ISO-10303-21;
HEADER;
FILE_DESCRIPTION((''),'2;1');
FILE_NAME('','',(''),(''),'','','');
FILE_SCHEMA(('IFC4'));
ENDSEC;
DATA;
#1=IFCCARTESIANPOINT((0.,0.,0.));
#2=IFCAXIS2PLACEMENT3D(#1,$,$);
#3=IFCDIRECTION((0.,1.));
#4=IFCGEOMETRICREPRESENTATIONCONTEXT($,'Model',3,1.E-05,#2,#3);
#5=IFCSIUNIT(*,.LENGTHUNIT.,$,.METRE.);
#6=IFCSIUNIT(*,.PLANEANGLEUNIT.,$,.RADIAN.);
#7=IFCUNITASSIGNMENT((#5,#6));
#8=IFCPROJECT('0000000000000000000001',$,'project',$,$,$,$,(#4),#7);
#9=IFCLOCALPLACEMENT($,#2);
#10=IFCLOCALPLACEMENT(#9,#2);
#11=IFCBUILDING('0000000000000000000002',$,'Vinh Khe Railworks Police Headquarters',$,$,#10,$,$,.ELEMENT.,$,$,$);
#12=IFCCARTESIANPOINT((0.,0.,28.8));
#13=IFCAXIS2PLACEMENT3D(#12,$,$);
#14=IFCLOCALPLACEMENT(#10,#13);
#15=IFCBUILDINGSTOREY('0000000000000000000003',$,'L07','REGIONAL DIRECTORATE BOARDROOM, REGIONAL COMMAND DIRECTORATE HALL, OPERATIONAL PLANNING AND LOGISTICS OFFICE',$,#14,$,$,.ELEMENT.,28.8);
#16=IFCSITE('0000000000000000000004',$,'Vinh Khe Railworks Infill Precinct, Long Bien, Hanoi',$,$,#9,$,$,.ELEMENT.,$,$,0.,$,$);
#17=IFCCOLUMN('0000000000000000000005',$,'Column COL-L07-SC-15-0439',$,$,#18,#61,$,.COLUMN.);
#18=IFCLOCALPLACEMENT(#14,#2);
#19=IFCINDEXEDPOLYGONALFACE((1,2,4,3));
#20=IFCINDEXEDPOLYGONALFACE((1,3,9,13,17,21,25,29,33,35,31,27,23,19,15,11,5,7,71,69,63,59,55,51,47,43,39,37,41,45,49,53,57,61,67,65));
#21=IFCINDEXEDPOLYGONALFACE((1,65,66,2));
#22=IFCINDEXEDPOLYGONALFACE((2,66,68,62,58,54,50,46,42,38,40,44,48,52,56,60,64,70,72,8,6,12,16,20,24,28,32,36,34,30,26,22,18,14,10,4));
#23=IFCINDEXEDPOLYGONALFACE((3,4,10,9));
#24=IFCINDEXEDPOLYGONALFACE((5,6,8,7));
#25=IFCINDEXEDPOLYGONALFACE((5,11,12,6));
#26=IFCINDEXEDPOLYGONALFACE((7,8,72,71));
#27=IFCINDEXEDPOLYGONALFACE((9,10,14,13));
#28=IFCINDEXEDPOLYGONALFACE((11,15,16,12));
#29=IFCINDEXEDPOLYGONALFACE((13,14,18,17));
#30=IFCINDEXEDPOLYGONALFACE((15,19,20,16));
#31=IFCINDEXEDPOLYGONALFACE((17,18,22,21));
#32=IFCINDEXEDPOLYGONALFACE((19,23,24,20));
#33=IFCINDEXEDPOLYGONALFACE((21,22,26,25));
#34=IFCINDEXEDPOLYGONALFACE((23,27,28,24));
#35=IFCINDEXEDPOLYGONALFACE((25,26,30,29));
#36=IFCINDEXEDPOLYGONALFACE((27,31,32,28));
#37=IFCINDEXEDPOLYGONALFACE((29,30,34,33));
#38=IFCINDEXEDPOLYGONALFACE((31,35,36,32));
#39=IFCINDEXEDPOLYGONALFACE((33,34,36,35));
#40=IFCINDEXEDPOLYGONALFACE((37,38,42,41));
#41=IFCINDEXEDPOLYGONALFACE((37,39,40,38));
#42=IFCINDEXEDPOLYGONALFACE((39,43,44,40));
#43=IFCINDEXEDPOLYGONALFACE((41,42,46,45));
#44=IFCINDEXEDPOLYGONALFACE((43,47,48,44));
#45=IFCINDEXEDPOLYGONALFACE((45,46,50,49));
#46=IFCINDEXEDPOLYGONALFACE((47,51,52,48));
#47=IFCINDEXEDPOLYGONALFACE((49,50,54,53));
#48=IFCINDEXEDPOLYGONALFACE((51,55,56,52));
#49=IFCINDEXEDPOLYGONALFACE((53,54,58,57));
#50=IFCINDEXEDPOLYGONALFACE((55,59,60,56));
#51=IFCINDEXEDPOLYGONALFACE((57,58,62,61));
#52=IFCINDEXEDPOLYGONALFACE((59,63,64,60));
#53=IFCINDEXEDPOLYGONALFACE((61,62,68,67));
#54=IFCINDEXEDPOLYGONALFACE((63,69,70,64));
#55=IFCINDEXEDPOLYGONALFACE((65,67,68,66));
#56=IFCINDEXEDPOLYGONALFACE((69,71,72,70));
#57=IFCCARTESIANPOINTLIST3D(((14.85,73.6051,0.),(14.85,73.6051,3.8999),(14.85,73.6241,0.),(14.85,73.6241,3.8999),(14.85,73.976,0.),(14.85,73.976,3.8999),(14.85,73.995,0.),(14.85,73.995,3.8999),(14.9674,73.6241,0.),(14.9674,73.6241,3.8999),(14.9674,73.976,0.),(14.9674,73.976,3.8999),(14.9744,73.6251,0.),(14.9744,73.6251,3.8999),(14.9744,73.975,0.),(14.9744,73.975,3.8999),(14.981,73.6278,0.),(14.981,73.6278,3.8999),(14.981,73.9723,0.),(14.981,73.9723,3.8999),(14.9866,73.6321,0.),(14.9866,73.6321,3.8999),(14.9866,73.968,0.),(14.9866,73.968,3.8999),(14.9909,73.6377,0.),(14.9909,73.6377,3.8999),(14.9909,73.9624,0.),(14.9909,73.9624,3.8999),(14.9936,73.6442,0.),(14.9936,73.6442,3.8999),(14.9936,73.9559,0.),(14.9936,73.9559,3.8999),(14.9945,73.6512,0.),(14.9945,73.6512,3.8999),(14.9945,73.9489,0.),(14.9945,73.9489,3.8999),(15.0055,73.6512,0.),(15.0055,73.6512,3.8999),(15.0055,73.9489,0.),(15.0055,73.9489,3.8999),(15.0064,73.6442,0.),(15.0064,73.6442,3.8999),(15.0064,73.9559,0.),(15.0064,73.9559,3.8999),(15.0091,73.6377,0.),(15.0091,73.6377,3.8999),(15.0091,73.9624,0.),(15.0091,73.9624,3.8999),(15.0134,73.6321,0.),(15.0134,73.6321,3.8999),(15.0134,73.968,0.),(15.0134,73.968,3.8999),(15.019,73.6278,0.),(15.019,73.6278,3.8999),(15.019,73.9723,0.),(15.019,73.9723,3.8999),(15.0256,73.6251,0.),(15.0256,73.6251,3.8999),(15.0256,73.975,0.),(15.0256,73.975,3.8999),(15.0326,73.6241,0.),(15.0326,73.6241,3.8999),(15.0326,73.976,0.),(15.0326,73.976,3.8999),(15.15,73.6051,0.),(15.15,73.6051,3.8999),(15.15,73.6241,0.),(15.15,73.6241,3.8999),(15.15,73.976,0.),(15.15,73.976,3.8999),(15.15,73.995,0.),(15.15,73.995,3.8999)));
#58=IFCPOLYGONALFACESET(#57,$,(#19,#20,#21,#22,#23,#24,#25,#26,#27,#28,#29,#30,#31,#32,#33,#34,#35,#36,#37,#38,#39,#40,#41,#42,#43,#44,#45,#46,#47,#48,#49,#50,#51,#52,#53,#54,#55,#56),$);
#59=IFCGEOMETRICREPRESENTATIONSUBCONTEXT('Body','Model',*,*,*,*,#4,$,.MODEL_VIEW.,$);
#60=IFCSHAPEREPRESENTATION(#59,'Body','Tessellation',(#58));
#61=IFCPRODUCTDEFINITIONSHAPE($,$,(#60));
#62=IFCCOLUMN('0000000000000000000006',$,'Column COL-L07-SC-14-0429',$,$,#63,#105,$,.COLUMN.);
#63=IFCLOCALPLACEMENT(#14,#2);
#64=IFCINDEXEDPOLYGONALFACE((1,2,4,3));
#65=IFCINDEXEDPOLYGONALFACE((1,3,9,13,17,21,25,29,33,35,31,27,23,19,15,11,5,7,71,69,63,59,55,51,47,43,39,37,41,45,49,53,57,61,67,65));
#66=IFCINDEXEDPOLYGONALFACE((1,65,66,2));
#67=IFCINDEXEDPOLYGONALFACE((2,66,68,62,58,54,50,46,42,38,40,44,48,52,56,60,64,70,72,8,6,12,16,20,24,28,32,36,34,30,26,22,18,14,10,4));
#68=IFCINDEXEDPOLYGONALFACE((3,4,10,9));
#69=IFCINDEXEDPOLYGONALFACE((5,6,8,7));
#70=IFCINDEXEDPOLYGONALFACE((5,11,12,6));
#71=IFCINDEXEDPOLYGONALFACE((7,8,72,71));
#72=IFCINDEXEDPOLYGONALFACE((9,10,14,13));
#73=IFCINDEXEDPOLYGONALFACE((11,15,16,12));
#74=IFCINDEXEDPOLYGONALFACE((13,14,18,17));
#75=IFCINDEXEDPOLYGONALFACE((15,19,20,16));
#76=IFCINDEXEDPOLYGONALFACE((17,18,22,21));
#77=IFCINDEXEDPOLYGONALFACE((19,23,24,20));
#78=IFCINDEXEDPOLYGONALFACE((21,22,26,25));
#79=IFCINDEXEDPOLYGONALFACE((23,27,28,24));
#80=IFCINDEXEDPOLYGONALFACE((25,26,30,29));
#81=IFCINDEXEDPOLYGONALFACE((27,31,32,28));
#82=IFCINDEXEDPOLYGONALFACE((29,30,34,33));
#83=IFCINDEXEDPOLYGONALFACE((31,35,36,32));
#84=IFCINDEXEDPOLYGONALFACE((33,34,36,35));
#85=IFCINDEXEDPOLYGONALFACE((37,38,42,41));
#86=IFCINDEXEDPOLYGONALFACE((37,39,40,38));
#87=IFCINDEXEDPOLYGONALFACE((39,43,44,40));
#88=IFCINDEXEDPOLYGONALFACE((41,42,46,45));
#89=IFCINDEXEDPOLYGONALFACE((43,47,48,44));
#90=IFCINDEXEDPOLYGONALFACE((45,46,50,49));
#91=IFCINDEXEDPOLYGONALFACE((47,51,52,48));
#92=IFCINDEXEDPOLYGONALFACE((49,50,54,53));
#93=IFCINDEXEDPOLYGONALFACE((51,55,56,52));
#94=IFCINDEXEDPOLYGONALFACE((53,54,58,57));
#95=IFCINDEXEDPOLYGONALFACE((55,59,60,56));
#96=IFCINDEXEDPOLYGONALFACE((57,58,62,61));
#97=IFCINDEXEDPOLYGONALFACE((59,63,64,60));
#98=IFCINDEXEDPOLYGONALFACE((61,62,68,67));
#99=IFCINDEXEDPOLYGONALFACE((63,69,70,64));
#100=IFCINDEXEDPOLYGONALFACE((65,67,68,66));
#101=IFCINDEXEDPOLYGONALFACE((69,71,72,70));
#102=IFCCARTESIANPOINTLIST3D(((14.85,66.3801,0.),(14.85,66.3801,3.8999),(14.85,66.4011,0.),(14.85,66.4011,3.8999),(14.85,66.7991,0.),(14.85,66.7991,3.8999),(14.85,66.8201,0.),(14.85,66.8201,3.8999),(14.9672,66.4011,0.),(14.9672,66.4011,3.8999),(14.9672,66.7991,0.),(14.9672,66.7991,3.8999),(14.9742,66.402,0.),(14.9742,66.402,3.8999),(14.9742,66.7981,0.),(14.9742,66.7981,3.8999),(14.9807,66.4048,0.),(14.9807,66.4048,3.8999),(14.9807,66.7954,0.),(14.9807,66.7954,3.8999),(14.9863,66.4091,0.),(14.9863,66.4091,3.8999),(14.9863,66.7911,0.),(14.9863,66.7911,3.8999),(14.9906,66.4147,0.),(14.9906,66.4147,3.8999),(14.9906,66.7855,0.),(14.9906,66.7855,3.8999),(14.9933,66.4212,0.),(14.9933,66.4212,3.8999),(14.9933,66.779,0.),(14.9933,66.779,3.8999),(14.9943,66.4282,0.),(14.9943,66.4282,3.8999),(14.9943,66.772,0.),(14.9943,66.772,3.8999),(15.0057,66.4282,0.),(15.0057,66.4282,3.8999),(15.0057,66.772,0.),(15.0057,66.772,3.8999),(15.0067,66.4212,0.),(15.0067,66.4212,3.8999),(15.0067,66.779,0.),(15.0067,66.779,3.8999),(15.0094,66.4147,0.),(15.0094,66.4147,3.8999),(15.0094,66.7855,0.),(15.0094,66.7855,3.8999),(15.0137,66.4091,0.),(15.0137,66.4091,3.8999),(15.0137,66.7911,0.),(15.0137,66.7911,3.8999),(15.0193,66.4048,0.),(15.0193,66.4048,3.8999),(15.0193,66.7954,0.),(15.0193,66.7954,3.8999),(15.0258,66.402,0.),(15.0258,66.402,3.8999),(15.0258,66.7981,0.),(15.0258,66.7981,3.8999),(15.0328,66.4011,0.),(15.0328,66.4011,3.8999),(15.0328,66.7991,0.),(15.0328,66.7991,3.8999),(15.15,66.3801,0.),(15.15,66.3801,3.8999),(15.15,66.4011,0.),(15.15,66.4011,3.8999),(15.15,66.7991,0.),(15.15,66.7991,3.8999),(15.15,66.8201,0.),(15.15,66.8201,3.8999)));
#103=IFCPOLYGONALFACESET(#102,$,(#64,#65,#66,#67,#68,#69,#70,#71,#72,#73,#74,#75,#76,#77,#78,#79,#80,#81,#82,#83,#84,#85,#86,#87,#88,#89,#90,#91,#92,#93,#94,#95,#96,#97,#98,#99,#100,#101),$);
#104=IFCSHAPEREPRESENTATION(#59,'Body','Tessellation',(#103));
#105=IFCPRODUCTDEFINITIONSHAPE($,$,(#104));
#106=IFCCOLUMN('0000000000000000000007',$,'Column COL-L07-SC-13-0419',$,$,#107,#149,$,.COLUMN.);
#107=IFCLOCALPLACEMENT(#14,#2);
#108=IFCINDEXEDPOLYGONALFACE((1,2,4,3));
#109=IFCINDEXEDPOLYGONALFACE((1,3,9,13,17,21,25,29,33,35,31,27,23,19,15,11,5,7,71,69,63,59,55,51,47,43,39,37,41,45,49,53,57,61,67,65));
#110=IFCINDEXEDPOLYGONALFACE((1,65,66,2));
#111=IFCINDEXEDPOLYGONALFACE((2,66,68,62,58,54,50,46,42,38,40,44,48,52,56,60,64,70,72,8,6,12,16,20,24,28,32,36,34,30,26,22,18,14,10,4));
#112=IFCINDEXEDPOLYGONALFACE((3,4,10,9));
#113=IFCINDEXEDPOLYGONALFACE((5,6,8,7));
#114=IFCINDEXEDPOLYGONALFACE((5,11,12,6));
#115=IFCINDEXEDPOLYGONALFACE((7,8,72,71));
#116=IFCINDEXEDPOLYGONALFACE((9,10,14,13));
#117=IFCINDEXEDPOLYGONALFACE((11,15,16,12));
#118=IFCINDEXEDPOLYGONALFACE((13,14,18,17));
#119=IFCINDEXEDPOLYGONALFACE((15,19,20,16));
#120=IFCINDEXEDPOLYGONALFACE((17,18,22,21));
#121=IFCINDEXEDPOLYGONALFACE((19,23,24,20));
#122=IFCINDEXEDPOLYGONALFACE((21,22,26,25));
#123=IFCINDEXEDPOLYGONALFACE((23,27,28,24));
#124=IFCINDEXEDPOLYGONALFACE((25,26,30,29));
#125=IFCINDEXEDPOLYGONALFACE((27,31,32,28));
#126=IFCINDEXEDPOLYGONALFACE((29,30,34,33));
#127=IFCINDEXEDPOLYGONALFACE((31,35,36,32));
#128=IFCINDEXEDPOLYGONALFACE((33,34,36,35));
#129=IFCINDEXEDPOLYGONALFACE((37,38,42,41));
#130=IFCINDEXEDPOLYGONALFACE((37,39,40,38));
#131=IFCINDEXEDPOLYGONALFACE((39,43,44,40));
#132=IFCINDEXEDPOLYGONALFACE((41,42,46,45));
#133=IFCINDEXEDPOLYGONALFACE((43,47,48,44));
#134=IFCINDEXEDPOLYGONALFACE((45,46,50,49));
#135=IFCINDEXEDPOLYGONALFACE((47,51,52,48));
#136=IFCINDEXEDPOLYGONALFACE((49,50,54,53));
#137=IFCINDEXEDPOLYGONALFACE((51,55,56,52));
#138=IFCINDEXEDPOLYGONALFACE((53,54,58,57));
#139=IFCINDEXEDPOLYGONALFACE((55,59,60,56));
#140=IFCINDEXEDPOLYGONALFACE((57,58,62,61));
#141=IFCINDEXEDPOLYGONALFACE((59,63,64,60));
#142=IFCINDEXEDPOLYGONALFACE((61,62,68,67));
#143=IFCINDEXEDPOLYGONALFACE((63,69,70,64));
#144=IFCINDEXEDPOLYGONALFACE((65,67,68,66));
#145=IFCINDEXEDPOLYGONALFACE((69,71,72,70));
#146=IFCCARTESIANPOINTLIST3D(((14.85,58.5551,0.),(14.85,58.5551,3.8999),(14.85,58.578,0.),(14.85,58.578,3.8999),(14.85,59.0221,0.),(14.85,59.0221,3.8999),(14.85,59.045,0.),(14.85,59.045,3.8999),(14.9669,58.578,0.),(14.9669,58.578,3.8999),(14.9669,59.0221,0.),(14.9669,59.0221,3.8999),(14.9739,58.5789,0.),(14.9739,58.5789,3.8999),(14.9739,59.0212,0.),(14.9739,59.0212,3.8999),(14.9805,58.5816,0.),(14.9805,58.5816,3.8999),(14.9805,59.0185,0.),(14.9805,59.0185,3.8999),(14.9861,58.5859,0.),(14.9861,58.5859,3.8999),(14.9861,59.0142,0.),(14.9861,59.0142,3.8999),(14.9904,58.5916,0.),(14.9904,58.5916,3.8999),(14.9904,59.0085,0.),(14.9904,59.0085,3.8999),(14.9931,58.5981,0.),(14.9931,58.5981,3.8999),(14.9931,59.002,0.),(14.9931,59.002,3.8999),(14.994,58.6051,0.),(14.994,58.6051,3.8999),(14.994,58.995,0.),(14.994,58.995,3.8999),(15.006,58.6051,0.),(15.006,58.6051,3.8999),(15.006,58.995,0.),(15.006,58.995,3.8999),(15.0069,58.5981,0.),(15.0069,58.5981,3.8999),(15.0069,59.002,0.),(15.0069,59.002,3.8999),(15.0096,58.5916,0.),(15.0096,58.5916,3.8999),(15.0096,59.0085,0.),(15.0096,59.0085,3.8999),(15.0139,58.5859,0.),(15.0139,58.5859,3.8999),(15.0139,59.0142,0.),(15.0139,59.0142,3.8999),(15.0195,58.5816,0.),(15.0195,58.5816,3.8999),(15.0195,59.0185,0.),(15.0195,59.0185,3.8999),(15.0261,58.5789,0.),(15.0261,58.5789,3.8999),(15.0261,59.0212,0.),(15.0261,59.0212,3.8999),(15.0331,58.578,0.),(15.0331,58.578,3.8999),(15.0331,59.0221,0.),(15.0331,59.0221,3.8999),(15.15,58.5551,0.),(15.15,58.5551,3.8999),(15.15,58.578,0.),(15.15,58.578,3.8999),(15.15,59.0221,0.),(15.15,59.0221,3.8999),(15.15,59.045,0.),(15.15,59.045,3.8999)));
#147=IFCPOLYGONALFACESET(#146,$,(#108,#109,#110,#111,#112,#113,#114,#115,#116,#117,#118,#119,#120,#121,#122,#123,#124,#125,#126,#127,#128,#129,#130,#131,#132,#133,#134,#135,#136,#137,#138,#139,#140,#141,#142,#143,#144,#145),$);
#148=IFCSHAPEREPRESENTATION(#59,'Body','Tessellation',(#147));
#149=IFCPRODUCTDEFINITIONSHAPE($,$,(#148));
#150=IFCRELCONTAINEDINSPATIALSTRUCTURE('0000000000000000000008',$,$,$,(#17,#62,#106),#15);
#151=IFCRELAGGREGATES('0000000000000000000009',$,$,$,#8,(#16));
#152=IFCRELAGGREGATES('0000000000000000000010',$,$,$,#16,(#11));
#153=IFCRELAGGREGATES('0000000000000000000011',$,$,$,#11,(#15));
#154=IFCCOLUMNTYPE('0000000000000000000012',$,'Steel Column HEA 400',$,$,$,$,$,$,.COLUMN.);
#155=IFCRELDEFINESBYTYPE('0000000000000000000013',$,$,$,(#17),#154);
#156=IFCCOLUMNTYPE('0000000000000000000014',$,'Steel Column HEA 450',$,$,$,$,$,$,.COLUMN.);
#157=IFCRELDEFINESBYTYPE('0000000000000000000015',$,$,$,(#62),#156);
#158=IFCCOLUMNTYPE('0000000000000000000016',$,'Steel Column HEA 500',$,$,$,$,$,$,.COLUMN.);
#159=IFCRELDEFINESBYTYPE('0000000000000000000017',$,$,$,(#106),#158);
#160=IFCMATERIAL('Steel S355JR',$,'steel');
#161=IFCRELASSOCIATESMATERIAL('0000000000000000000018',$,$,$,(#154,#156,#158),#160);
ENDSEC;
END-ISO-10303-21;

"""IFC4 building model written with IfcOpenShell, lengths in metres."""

from ifc_helpers import new_model, si_unit, direction, frame, origin, origin_2d, place, context, subcontext, project, spatial, i_section, extrude, material, material_profile, profile_set, type_object, element, save


model = new_model("IFC4")

# Units and contexts
model_context = context("Model", 3, precision=1e-05, world=origin(), true_north=direction((0.0, 1.0)))
body_context = subcontext(model_context, "Body", "Model", "MODEL_VIEW")
ifc_project = project(units=[si_unit("LENGTHUNIT", "METRE"), si_unit("PLANEANGLEUNIT", "RADIAN")], contexts=[model_context])

# Site, building, storey
site_placement = place(None, origin())
site = spatial("IfcSite", under=ifc_project, at=site_placement, Name="Vinh Khe Railworks Infill Precinct, Long Bien, Hanoi", CompositionType="ELEMENT", RefElevation=0.0)
building_placement = place(site_placement, origin())
building = spatial("IfcBuilding", under=site, at=building_placement, Name="Vinh Khe Railworks Police Headquarters", CompositionType="ELEMENT")
storey_placement = place(building_placement, frame((0.0, 0.0, 28.8)))
storey = spatial("IfcBuildingStorey", under=building, at=storey_placement, Name="L07", Description="REGIONAL DIRECTORATE BOARDROOM, REGIONAL COMMAND DIRECTORATE HALL, OPERATIONAL PLANNING AND LOGISTICS OFFICE", CompositionType="ELEMENT", Elevation=28.8)

# Columns
ifc_material_1 = material(Name="Steel S355JR", Category="steel")
ifc_material_profile_1 = material_profile(ifc_material_1, i_section(OverallWidth=0.3, OverallDepth=0.3899, WebThickness=0.011, FlangeThickness=0.019, FilletRadius=0.0271, at=origin_2d()), Name="HEA 400")
ifc_profile_set_1 = profile_set([ifc_material_profile_1], Name="Steel S355JR")
column_type_1 = type_object("IfcColumnType", Name="Steel Column HEA 400", PredefinedType="COLUMN", material=ifc_profile_set_1)
column_1_placement = place(storey_placement, frame((15.0, 73.8, 0.0), z_axis=(0.0, 0.0, 1.0), x_axis=(1.0, 0.0, 0.0)))
element("IfcColumn", 1, at=column_1_placement, inside=storey, type_object=column_type_1, Name="Column COL-L07-SC-15-0439", PredefinedType="COLUMN", context=body_context, shape_type="SweptSolid", body=[
    extrude(i_section(OverallWidth=0.3, OverallDepth=0.3899, WebThickness=0.011, FlangeThickness=0.019, FilletRadius=0.0271, at=origin_2d()), origin(), (0.0, 0.0, 1.0), 3.8999),
])
ifc_material_profile_2 = material_profile(ifc_material_1, i_section(OverallWidth=0.3, OverallDepth=0.4399, WebThickness=0.0115, FlangeThickness=0.021, FilletRadius=0.0271, at=origin_2d()), Name="HEA 450")
ifc_profile_set_2 = profile_set([ifc_material_profile_2], Name="Steel S355JR")
column_type_2 = type_object("IfcColumnType", Name="Steel Column HEA 450", PredefinedType="COLUMN", material=ifc_profile_set_2)
column_2_placement = place(storey_placement, frame((15.0, 66.6001, 0.0), z_axis=(0.0, 0.0, 1.0), x_axis=(1.0, 0.0, 0.0)))
element("IfcColumn", 2, at=column_2_placement, inside=storey, type_object=column_type_2, Name="Column COL-L07-SC-14-0429", PredefinedType="COLUMN", context=body_context, shape_type="SweptSolid", body=[
    extrude(i_section(OverallWidth=0.3, OverallDepth=0.4399, WebThickness=0.0115, FlangeThickness=0.021, FilletRadius=0.0271, at=origin_2d()), origin(), (0.0, 0.0, 1.0), 3.8999),
])
ifc_material_profile_3 = material_profile(ifc_material_1, i_section(OverallWidth=0.3, OverallDepth=0.49, WebThickness=0.012, FlangeThickness=0.0229, FilletRadius=0.0271, at=origin_2d()), Name="HEA 500")
ifc_profile_set_3 = profile_set([ifc_material_profile_3], Name="Steel S355JR")
column_type_3 = type_object("IfcColumnType", Name="Steel Column HEA 500", PredefinedType="COLUMN", material=ifc_profile_set_3)
column_3_placement = place(storey_placement, frame((15.0, 58.8, 0.0), z_axis=(0.0, 0.0, 1.0), x_axis=(1.0, 0.0, 0.0)))
element("IfcColumn", 3, at=column_3_placement, inside=storey, type_object=column_type_3, Name="Column COL-L07-SC-13-0419", PredefinedType="COLUMN", context=body_context, shape_type="SweptSolid", body=[
    extrude(i_section(OverallWidth=0.3, OverallDepth=0.49, WebThickness=0.012, FlangeThickness=0.0229, FilletRadius=0.0271, at=origin_2d()), origin(), (0.0, 0.0, 1.0), 3.8999),
])

save(model, "model.ifc")
